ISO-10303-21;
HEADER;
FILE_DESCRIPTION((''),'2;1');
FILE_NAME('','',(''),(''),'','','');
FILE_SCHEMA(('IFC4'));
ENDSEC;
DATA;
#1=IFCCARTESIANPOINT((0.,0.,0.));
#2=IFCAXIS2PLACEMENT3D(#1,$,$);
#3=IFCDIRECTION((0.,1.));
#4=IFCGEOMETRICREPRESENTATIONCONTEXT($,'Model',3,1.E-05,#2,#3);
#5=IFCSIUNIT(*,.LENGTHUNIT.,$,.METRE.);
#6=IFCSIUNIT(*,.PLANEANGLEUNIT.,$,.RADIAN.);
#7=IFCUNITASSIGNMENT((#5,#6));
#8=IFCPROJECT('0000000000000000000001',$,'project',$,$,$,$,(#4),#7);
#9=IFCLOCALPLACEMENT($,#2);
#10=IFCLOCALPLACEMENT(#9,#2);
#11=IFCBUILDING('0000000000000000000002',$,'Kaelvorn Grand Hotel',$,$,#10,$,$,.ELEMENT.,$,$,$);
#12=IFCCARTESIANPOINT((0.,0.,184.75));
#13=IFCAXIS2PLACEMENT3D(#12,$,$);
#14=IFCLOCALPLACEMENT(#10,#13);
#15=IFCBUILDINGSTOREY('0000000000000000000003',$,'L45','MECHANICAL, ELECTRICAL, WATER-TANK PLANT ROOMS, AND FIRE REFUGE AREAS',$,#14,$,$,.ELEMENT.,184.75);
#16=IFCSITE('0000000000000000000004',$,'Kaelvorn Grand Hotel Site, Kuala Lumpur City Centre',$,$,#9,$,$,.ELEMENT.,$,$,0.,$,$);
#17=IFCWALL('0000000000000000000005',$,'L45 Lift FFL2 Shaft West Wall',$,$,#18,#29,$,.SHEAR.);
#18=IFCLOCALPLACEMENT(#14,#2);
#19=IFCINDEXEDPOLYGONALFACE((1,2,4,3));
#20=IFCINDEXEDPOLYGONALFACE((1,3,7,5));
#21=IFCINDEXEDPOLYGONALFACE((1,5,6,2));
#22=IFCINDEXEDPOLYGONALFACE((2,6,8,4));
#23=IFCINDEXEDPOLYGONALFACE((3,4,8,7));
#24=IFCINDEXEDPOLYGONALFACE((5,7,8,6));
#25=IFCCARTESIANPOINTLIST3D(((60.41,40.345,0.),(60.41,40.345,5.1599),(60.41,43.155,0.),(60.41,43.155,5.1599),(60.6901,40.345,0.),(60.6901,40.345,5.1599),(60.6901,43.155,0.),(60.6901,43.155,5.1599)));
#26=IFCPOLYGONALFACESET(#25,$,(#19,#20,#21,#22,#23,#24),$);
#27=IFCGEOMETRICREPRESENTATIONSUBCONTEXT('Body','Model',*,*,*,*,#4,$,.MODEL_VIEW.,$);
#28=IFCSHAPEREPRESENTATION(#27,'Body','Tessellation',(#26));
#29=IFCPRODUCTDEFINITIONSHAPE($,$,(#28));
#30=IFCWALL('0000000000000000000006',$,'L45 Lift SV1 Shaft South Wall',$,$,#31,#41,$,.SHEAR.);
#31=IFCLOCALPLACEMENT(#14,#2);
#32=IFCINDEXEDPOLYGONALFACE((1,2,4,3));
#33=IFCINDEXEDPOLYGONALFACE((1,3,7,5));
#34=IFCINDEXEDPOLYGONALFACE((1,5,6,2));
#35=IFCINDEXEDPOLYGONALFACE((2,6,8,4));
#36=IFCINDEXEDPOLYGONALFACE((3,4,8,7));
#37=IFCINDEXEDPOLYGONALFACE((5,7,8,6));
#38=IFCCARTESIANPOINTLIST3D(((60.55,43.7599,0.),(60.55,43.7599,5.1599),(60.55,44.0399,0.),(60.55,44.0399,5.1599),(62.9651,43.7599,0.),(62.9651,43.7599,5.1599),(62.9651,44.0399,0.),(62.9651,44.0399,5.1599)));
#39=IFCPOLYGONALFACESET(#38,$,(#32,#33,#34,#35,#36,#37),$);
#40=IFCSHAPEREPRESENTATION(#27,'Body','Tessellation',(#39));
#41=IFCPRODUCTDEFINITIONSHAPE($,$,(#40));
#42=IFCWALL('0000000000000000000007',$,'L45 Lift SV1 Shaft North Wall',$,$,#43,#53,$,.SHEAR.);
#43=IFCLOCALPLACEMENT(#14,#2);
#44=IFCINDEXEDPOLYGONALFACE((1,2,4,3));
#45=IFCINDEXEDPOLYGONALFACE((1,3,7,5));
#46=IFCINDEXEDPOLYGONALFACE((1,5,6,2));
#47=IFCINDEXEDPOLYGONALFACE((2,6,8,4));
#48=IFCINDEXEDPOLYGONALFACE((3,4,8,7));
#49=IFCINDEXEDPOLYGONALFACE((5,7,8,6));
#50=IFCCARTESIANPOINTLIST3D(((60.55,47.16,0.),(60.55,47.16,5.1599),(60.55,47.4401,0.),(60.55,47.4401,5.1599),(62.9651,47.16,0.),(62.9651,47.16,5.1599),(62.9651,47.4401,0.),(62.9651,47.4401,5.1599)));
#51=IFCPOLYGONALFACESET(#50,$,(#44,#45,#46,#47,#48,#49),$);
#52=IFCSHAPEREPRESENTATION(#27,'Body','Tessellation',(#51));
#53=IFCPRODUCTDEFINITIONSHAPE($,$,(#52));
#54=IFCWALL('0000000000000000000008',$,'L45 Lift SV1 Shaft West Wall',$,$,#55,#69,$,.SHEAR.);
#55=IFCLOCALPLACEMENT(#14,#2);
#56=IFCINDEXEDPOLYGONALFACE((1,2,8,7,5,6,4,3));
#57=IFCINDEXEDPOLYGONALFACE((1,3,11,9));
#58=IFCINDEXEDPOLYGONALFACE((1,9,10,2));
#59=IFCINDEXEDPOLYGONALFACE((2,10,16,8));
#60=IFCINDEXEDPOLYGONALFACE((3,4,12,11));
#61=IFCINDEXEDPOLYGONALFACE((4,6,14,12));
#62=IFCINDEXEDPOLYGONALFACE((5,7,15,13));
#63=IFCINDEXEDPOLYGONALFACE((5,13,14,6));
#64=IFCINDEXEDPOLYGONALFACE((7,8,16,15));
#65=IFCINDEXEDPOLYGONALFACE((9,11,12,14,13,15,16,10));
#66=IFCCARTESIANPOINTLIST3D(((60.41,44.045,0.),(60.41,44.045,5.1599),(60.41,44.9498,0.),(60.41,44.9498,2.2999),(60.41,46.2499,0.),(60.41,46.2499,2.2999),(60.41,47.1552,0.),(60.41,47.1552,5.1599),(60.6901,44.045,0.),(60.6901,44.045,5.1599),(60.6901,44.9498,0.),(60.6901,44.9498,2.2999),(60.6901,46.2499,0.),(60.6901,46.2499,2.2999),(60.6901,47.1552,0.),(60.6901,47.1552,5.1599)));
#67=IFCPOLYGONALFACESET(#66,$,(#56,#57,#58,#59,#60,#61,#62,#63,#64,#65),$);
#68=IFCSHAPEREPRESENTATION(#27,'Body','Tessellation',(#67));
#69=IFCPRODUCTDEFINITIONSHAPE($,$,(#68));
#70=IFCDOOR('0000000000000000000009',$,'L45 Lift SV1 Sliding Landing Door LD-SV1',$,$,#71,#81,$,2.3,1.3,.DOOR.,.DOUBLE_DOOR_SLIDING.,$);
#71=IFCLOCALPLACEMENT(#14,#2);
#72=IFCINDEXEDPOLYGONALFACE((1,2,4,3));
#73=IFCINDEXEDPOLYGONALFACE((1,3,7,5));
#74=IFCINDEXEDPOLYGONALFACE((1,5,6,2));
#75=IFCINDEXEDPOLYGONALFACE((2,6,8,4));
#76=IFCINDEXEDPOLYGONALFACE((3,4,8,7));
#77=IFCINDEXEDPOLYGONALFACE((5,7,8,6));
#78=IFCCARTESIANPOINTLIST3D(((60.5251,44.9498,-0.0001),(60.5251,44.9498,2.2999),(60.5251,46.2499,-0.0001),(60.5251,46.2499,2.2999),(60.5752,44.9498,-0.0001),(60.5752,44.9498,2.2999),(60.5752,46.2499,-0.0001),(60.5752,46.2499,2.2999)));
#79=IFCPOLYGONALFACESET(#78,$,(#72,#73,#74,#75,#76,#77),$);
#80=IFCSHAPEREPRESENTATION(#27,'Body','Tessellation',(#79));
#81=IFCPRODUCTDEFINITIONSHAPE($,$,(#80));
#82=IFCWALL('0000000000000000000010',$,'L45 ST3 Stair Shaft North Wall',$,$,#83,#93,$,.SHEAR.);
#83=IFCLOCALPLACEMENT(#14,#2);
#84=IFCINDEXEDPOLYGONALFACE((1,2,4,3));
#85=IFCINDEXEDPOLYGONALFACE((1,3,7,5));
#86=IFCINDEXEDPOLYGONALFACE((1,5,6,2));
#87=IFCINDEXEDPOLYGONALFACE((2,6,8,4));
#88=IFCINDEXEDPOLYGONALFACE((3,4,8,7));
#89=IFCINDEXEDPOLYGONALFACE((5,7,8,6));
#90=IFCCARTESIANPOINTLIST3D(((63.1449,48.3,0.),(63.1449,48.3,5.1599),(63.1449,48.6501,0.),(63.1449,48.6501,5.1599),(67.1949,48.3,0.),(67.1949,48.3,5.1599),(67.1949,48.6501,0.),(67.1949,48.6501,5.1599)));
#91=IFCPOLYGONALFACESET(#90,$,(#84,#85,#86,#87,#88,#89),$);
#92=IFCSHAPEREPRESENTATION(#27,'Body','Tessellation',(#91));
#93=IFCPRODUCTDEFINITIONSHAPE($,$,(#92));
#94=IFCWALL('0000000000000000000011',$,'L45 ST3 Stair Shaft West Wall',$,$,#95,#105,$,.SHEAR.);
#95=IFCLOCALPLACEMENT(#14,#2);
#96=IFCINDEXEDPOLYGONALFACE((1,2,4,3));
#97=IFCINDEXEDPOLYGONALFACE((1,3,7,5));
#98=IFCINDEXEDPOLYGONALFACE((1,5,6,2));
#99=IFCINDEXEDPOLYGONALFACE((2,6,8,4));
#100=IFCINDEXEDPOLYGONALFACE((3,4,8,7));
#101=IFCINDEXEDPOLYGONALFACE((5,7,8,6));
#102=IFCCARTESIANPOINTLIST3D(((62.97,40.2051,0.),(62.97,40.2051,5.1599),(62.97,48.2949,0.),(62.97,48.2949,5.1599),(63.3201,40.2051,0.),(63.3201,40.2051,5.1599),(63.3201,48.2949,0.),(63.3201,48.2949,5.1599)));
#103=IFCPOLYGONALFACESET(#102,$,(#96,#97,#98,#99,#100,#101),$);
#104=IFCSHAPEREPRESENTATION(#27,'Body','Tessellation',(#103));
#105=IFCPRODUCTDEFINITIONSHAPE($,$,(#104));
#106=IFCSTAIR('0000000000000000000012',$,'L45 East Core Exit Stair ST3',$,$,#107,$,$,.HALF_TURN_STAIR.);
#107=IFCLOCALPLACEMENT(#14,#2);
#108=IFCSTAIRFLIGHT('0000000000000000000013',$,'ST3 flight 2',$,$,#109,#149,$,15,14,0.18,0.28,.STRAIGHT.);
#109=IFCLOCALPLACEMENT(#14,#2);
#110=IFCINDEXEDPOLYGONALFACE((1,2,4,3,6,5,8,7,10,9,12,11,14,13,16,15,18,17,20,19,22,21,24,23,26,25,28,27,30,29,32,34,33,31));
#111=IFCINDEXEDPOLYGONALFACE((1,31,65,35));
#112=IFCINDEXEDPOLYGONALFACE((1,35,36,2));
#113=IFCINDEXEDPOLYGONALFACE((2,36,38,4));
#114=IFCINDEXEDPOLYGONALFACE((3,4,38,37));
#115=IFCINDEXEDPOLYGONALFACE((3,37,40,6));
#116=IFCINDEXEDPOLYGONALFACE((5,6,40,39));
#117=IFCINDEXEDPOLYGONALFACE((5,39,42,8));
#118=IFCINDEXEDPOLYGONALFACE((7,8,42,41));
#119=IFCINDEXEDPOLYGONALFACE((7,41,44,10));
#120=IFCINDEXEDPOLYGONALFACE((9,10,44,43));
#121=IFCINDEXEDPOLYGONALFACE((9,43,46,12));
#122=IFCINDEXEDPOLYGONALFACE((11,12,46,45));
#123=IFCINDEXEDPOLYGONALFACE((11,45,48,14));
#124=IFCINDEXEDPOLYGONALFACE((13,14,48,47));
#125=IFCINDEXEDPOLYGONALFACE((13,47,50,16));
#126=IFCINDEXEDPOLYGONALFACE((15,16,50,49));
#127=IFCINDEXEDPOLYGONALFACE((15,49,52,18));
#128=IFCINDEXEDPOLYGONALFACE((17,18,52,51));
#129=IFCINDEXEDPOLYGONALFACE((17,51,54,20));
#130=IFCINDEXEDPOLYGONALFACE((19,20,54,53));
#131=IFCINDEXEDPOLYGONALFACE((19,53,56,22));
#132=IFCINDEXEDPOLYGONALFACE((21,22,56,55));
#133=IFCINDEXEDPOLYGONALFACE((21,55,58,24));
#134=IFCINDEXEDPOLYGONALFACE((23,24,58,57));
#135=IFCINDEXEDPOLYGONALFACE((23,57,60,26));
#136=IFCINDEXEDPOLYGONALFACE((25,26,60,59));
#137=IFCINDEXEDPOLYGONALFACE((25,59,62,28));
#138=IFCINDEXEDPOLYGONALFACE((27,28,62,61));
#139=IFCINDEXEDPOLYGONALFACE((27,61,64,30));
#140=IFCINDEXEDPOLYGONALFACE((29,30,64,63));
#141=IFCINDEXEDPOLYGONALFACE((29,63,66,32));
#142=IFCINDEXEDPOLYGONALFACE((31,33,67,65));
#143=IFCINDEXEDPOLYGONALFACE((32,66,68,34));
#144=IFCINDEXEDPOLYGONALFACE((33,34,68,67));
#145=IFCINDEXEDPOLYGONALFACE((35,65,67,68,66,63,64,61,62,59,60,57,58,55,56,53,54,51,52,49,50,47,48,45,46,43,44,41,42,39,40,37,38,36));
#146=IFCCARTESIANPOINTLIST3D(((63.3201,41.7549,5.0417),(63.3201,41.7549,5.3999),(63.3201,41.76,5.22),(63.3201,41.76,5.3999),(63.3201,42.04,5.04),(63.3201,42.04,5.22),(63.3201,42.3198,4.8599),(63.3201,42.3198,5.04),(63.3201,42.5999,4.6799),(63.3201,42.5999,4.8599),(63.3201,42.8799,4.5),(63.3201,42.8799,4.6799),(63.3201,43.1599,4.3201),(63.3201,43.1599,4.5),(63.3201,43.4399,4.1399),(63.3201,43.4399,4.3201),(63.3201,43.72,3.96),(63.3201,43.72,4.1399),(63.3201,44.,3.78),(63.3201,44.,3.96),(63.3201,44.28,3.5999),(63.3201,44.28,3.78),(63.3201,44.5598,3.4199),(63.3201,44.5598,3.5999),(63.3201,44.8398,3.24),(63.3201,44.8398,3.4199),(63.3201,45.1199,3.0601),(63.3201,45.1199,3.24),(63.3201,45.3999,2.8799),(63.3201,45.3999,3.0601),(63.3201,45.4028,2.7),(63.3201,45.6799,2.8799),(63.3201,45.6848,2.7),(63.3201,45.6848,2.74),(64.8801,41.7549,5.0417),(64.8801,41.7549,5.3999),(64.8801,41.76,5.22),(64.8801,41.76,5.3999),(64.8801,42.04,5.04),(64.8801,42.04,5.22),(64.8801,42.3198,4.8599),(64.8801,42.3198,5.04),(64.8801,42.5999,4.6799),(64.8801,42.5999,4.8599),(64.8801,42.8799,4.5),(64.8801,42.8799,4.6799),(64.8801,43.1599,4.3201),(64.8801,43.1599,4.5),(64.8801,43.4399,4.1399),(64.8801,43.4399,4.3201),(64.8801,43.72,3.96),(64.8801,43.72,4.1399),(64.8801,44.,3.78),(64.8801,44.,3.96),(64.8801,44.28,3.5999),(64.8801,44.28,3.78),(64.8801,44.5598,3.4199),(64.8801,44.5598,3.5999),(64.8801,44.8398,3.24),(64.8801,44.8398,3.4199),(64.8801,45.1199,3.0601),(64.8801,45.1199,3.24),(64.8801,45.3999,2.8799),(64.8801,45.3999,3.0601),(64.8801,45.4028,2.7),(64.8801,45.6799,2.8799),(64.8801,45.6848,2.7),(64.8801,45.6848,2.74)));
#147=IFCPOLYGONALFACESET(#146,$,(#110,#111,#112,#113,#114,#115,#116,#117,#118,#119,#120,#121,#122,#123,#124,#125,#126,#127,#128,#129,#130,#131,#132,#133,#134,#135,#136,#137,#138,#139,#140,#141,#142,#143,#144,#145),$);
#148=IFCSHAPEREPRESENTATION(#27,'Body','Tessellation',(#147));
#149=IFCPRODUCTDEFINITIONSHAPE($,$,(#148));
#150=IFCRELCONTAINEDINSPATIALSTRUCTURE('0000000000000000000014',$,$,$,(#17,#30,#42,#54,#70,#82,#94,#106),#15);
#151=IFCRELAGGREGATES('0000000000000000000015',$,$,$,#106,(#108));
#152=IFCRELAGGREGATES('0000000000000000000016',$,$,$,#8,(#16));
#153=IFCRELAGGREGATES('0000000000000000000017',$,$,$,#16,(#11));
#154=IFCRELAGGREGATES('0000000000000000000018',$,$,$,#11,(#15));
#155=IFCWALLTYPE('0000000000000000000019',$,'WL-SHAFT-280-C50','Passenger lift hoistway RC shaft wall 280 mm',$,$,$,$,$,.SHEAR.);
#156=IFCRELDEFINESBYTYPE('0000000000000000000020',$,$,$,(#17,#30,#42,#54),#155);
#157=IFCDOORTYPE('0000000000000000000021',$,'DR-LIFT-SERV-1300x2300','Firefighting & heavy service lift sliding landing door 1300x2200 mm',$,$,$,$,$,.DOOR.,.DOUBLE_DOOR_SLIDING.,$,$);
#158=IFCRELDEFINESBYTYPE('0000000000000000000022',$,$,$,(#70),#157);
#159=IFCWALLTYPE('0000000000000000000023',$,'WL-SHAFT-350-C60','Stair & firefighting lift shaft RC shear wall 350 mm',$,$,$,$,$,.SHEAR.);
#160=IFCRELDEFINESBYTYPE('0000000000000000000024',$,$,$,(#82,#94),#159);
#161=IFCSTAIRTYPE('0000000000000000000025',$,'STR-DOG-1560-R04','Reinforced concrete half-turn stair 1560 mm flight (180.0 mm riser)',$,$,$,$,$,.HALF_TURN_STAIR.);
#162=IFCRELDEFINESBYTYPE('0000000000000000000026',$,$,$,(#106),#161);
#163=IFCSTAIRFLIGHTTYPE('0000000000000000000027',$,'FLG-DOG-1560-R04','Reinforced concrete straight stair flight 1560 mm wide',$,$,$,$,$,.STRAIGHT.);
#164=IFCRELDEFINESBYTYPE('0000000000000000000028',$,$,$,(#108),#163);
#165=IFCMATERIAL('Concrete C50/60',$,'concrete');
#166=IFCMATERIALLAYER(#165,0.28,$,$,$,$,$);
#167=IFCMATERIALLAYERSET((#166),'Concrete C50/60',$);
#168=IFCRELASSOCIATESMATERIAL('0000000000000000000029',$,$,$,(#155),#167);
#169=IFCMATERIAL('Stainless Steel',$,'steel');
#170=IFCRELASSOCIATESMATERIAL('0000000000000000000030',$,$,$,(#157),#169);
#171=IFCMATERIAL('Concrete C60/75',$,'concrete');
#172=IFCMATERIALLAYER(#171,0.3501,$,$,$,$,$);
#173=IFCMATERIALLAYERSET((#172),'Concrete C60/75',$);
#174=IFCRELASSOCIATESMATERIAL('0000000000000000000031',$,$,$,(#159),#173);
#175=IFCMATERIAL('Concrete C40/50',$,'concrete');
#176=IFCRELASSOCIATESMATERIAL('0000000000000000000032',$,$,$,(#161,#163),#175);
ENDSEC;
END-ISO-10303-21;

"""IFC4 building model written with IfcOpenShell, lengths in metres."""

from ifc_helpers import new_model, si_unit, direction, frame, frame_2d, origin, place, context, subcontext, project, spatial, polyline, rectangle, outline, extrude, material, layer, layer_set, type_object, element, fill, aggregate, save


model = new_model("IFC4")

# Units and contexts
model_context = context("Model", 3, precision=1e-05, world=origin(), true_north=direction((0.0, 1.0)))
body_context = subcontext(model_context, "Body", "Model", "MODEL_VIEW")
ifc_project = project(units=[si_unit("LENGTHUNIT", "METRE"), si_unit("PLANEANGLEUNIT", "RADIAN")], contexts=[model_context])

# Site, building, storey
site_placement = place(None, origin())
site = spatial("IfcSite", under=ifc_project, at=site_placement, Name="Kaelvorn Grand Hotel Site, Kuala Lumpur City Centre", CompositionType="ELEMENT", RefElevation=0.0)
building_placement = place(site_placement, origin())
building = spatial("IfcBuilding", under=site, at=building_placement, Name="Kaelvorn Grand Hotel", CompositionType="ELEMENT")
storey_placement = place(building_placement, frame((0.0, 0.0, 184.75)))
storey = spatial("IfcBuildingStorey", under=building, at=storey_placement, Name="L45", Description="MECHANICAL, ELECTRICAL, WATER-TANK PLANT ROOMS, AND FIRE REFUGE AREAS", CompositionType="ELEMENT", Elevation=184.75)

# Shared definitions
ifc_material_1 = material(Name="Concrete C60/75", Category="concrete")

# Shared definitions
ifc_material_2 = material(Name="Concrete C50/60", Category="concrete")

# Shared definitions
ifc_material_3 = material(Name="Concrete C40/50", Category="concrete")

# Shared definitions
ifc_layer_1 = layer(ifc_material_2, 0.28)
ifc_layer_set_1 = layer_set([ifc_layer_1], Name="Concrete C50/60")
wall_type_1 = type_object("IfcWallType", Name="WL-SHAFT-280-C50", Description="Passenger lift hoistway RC shaft wall 280 mm", PredefinedType="SHEAR", material=ifc_layer_set_1)

# Shared definitions
ifc_material_4 = material(Name="Stainless Steel", Category="steel")
door_type_1 = type_object("IfcDoorType", Name="DR-LIFT-SERV-1300x2300", Description="Firefighting & heavy service lift sliding landing door 1300x2200 mm", OperationType="DOUBLE_DOOR_SLIDING", PredefinedType="DOOR", material=ifc_material_4)

# Walls
wall_1_placement = place(storey_placement, frame((60.55, 40.345, 0.0), z_axis=(0.0, 0.0, 1.0), x_axis=(0.0, 1.0, 0.0)))
element("IfcWall", 1, at=wall_1_placement, inside=storey, type_object=wall_type_1, Name="L45 Lift FFL2 Shaft West Wall", PredefinedType="SHEAR", context=body_context, shape_type="SweptSolid", body=[
    extrude(rectangle(XDim=2.8101, YDim=0.28, at=frame_2d((1.405, 0.0))), origin(), (0.0, 0.0, 1.0), 5.1599),
])
for number, where, z_axis, x_axis, name in (
    (2, (60.55, 43.8999, 0.0), (0.0, 0.0, 1.0), (1.0, 0.0, 0.0), "L45 Lift SV1 Shaft South Wall"),
    (3, (60.55, 47.3, 0.0), (0.0, 0.0, 1.0), (1.0, 0.0, 0.0), "L45 Lift SV1 Shaft North Wall"),
):
    element("IfcWall", number, at=place(storey_placement, frame(where, z_axis=z_axis, x_axis=x_axis)), inside=storey, type_object=wall_type_1, Name=name, PredefinedType="SHEAR", context=body_context, shape_type="SweptSolid", body=[
        extrude(rectangle(XDim=2.415, YDim=0.28, at=frame_2d((1.2075, 0.0))), origin(), (0.0, 0.0, 1.0), 5.1599),
    ])

# Wall, opening, door
wall_2_placement = place(storey_placement, frame((60.55, 44.0449, 0.0), z_axis=(0.0, 0.0, 1.0), x_axis=(0.0, 1.0, 0.0)))
wall_2 = element("IfcWall", 4, at=wall_2_placement, inside=storey, type_object=wall_type_1, Name="L45 Lift SV1 Shaft West Wall", PredefinedType="SHEAR", context=body_context, shape_type="SweptSolid", body=[
    extrude(rectangle(XDim=3.1101, YDim=0.28, at=frame_2d((1.5552, 0.0))), origin(), (0.0, 0.0, 1.0), 5.1599),
])
opening_1_placement = place(wall_2_placement, frame((0.905, 0.0, 0.0)))
opening_1 = element("IfcOpeningElement", 5, at=opening_1_placement, cuts=wall_2, PredefinedType="OPENING", context=body_context, shape_type="SweptSolid", body=[
    extrude(rectangle(XDim=1.3, YDim=2.3, at=frame_2d((0.6499, 1.1499))), frame((0.0, 0.1499, 0.0), z_axis=(0.0, -1.0, 0.0), x_axis=(1.0, 0.0, 0.0)), (0.0, 0.0, 1.0), 0.3),
])
door_1_placement = place(opening_1_placement, origin())
door_1 = element("IfcDoor", 6, at=door_1_placement, inside=storey, type_object=door_type_1, Name="L45 Lift SV1 Sliding Landing Door LD-SV1", OperationType="DOUBLE_DOOR_SLIDING", OverallHeight=2.3, OverallWidth=1.3, PredefinedType="DOOR", context=body_context, shape_type="SweptSolid", body=[
    extrude(rectangle(XDim=1.3, YDim=2.3, at=frame_2d((0.6499, 1.1499))), frame((0.0, 0.0249, 0.0), z_axis=(0.0, -1.0, 0.0), x_axis=(1.0, 0.0, 0.0)), (0.0, 0.0, 1.0), 0.05),
])
fill(opening_1, door_1)
ifc_layer_2 = layer(ifc_material_1, 0.3501)
ifc_layer_set_2 = layer_set([ifc_layer_2], Name="Concrete C60/75")
wall_type_2 = type_object("IfcWallType", Name="WL-SHAFT-350-C60", Description="Stair & firefighting lift shaft RC shear wall 350 mm", PredefinedType="SHEAR", material=ifc_layer_set_2)

# Walls
wall_3_placement = place(storey_placement, frame((63.145, 48.4751, 0.0), z_axis=(0.0, 0.0, 1.0), x_axis=(1.0, 0.0, 0.0)))
element("IfcWall", 7, at=wall_3_placement, inside=storey, type_object=wall_type_2, Name="L45 ST3 Stair Shaft North Wall", PredefinedType="SHEAR", context=body_context, shape_type="SweptSolid", body=[
    extrude(rectangle(XDim=4.05, YDim=0.3501, at=frame_2d((2.0249, 0.0))), origin(), (0.0, 0.0, 1.0), 5.1599),
])
wall_4_placement = place(storey_placement, frame((63.145, 40.2051, 0.0), z_axis=(0.0, 0.0, 1.0), x_axis=(0.0, 1.0, 0.0)))
element("IfcWall", 8, at=wall_4_placement, inside=storey, type_object=wall_type_2, Name="L45 ST3 Stair Shaft West Wall", PredefinedType="SHEAR", context=body_context, shape_type="SweptSolid", body=[
    extrude(rectangle(XDim=8.0898, YDim=0.3501, at=frame_2d((4.0449, 0.0))), origin(), (0.0, 0.0, 1.0), 5.1599),
])

# Stair, stair flight
stair_type = type_object("IfcStairType", Name="STR-DOG-1560-R04", Description="Reinforced concrete half-turn stair 1560 mm flight (180.0 mm riser)", PredefinedType="HALF_TURN_STAIR", material=ifc_material_3)
stair_placement = place(storey_placement, origin())
stair = element("IfcStair", 9, at=stair_placement, inside=storey, type_object=stair_type, Name="L45 East Core Exit Stair ST3", PredefinedType="HALF_TURN_STAIR")
stair_flight_type = type_object("IfcStairFlightType", Name="FLG-DOG-1560-R04", Description="Reinforced concrete straight stair flight 1560 mm wide", PredefinedType="STRAIGHT", material=ifc_material_3)
stair_flight_placement = place(storey_placement, frame((64.1001, 45.6799, 2.7), z_axis=(0.0, 0.0, 1.0), x_axis=(0.0, -1.0, 0.0)))
stair_flight = element("IfcStairFlight", 10, at=stair_flight_placement, type_object=stair_flight_type, Name="ST3 flight 2", NumberOfRisers=15, NumberOfTreads=14, PredefinedType="STRAIGHT", RiserHeight=0.18, TreadLength=0.28, context=body_context, shape_type="SweptSolid", body=[
    extrude(outline(polyline([(-0.0049, 0.0), (-0.0049, 0.04), (0.0, 0.1799), (0.28, 0.1799), (0.28, 0.3601), (0.5601, 0.3601), (0.5601, 0.54), (0.8401, 0.54), (0.8401, 0.72), (1.1201, 0.72), (1.1201, 0.8999), (1.3999, 0.8999), (1.3999, 1.0801), (1.6799, 1.0801), (1.6799, 1.26), (1.96, 1.26), (1.96, 1.4399), (2.24, 1.4399), (2.24, 1.6201), (2.52, 1.6201), (2.52, 1.8), (2.8, 1.8), (2.8, 1.98), (3.0801, 1.98), (3.0801, 2.1599), (3.3601, 2.1599), (3.3601, 2.3401), (3.6399, 2.3401), (3.6399, 2.52), (3.9199, 2.52), (3.9199, 2.7), (3.925, 2.7), (3.925, 2.3418), (0.2771, 0.0), (-0.0049, 0.0)])), frame((0.0, 0.78, 0.0), z_axis=(0.0, -1.0, 0.0), x_axis=(1.0, 0.0, 0.0)), (0.0, 0.0, 1.0), 1.5601),
])
aggregate(stair, [stair_flight])

save(model, "model.ifc")
